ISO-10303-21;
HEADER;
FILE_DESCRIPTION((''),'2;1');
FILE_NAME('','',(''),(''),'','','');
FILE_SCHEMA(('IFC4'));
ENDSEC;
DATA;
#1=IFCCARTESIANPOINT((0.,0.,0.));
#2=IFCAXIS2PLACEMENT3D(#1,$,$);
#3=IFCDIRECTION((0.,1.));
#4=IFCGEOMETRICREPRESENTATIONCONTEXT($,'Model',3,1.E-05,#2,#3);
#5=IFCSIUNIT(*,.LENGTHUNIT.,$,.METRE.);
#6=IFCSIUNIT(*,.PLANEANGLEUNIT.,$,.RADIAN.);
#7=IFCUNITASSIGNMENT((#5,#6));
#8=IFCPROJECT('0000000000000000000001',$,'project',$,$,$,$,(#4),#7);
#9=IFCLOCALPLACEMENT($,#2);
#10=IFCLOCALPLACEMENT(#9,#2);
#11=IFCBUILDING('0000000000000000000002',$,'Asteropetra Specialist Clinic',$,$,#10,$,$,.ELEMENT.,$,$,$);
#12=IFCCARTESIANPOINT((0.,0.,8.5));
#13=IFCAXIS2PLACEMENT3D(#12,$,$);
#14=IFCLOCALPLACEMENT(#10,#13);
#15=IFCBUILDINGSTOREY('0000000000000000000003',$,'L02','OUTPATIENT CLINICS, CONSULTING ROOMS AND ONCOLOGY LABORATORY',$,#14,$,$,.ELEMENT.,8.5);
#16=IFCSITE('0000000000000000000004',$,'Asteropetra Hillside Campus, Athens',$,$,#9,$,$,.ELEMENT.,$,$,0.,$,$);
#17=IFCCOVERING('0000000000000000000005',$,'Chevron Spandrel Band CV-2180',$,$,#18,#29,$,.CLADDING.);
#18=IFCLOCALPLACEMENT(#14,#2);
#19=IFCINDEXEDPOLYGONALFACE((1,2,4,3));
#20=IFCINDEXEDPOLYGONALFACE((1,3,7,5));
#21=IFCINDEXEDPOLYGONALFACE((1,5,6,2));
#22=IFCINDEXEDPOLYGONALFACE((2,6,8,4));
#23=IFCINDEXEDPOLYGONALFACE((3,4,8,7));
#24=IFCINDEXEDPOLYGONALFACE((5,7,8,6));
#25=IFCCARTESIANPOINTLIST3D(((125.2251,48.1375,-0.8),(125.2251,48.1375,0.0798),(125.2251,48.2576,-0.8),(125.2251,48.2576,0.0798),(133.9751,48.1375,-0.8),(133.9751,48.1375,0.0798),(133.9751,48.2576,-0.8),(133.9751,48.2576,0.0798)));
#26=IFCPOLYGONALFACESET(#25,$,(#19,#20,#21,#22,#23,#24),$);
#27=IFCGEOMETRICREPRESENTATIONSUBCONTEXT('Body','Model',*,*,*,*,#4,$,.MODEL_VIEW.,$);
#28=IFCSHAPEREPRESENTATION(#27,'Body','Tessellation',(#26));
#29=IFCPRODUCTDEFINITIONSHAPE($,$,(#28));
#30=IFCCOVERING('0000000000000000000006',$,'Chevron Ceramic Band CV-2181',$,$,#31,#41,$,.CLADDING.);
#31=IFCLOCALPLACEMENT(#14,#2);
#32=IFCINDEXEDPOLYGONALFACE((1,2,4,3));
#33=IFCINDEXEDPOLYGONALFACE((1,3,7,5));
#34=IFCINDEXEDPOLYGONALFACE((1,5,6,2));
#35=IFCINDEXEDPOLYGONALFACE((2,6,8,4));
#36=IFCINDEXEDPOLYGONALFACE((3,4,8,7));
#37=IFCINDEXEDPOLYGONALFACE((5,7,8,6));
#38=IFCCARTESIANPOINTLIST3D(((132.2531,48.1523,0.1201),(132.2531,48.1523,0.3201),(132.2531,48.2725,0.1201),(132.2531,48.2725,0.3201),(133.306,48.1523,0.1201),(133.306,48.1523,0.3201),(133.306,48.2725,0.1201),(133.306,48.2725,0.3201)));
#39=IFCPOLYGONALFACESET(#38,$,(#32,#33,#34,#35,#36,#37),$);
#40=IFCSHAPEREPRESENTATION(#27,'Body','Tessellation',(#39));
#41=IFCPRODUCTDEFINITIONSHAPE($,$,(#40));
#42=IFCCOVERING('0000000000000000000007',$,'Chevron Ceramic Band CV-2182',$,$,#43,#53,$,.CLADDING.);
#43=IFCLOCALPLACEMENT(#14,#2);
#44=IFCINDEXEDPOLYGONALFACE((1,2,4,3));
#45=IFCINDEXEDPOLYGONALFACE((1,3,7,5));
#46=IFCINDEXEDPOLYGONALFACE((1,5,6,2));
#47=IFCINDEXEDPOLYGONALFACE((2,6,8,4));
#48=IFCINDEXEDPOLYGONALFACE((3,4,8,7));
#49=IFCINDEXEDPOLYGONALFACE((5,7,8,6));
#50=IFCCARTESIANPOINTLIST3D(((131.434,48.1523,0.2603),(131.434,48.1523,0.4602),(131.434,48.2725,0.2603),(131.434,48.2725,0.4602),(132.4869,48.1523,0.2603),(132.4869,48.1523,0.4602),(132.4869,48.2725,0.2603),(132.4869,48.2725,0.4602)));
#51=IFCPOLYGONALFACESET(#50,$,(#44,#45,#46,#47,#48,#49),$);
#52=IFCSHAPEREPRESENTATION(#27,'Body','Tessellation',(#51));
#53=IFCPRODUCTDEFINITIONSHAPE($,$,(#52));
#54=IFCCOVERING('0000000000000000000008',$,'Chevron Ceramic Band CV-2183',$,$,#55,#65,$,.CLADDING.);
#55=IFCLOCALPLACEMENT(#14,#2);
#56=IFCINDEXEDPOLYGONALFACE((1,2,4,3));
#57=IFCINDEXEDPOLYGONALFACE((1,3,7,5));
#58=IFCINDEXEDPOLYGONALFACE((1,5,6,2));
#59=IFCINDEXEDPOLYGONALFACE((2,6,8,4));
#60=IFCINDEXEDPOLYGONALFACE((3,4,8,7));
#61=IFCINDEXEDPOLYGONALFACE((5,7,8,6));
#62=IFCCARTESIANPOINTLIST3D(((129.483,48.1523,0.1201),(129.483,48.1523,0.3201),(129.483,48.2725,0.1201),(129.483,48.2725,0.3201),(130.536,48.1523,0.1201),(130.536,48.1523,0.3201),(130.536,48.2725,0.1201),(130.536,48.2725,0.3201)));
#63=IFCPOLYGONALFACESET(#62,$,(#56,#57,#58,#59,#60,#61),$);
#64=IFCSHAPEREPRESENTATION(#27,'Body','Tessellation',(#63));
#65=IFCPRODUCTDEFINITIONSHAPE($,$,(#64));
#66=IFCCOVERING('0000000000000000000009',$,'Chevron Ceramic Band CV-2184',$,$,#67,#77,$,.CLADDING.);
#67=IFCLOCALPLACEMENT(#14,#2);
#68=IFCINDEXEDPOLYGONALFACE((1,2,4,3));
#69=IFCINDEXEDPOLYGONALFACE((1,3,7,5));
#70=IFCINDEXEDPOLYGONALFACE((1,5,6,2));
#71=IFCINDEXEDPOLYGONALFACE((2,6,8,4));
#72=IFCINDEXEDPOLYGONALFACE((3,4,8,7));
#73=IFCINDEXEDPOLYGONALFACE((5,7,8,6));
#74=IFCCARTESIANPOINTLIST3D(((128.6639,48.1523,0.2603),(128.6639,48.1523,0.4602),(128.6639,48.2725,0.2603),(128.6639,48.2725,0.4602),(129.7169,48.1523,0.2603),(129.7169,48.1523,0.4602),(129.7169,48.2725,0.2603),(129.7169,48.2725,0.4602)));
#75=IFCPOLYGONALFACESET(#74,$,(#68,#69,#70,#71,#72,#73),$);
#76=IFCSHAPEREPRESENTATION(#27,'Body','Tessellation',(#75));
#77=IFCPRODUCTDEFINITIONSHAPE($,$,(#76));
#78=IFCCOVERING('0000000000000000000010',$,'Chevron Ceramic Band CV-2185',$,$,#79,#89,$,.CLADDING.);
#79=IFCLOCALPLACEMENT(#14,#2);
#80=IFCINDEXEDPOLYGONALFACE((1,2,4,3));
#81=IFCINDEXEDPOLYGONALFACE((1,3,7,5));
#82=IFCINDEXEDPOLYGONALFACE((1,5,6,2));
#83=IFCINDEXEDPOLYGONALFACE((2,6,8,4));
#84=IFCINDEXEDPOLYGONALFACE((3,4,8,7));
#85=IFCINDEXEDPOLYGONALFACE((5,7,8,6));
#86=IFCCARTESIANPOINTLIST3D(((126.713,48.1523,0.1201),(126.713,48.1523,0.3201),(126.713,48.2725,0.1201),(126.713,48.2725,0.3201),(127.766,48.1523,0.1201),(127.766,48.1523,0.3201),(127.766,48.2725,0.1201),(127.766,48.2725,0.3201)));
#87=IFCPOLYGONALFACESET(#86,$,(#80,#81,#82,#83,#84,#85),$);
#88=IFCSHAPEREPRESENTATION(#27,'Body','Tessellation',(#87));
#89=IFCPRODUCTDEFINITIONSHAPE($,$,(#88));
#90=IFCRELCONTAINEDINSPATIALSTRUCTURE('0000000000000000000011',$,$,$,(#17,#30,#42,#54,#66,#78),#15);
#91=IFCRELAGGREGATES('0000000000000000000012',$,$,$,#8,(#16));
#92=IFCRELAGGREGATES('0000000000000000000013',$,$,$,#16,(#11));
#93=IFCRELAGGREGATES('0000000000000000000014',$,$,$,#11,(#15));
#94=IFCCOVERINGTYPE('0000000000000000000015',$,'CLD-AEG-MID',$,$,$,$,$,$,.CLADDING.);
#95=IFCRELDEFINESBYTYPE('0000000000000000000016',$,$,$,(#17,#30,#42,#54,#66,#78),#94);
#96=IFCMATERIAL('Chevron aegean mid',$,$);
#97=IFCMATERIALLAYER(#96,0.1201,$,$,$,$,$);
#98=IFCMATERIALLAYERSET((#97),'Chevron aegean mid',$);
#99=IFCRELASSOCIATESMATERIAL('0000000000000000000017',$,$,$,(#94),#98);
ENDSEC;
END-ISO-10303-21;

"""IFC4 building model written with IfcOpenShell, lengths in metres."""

from ifc_helpers import new_model, si_unit, direction, frame, origin, origin_2d, place, context, subcontext, project, spatial, rectangle, extrude, material, layer, layer_set, type_object, element, save


model = new_model("IFC4")

# Units and contexts
model_context = context("Model", 3, precision=1e-05, world=origin(), true_north=direction((0.0, 1.0)))
body_context = subcontext(model_context, "Body", "Model", "MODEL_VIEW")
ifc_project = project(units=[si_unit("LENGTHUNIT", "METRE"), si_unit("PLANEANGLEUNIT", "RADIAN")], contexts=[model_context])

# Site, building, storey
site_placement = place(None, origin())
site = spatial("IfcSite", under=ifc_project, at=site_placement, Name="Asteropetra Hillside Campus, Athens", CompositionType="ELEMENT", RefElevation=0.0)
building_placement = place(site_placement, origin())
building = spatial("IfcBuilding", under=site, at=building_placement, Name="Asteropetra Specialist Clinic", CompositionType="ELEMENT")
storey_placement = place(building_placement, frame((0.0, 0.0, 8.5)))
storey = spatial("IfcBuildingStorey", under=building, at=storey_placement, Name="L02", Description="OUTPATIENT CLINICS, CONSULTING ROOMS AND ONCOLOGY LABORATORY", CompositionType="ELEMENT", Elevation=8.5)

# Coverings
ifc_material_1 = material(Name="Chevron aegean mid")
ifc_layer = layer(ifc_material_1, 0.1201)
ifc_layer_set = layer_set([ifc_layer], Name="Chevron aegean mid")
covering_type = type_object("IfcCoveringType", Name="CLD-AEG-MID", PredefinedType="CLADDING", material=ifc_layer_set)
covering_placement = place(storey_placement, frame((129.6001, 48.1975, -0.8), z_axis=(0.0, 0.0, 1.0), x_axis=(1.0, 0.0, 0.0)))
element("IfcCovering", 1, at=covering_placement, inside=storey, type_object=covering_type, Name="Chevron Spandrel Band CV-2180", PredefinedType="CLADDING", context=body_context, shape_type="SweptSolid", body=[
    extrude(rectangle(XDim=8.75, YDim=0.1201, at=origin_2d()), origin(), (0.0, 0.0, 1.0), 0.8799),
])
for number, where, z_axis, x_axis, name in (
    (2, (132.7795, 48.2124, 0.1201), (0.0, 0.0, 1.0), (1.0, 0.0, 0.0), "Chevron Ceramic Band CV-2181"),
    (3, (131.9604, 48.2124, 0.2603), (0.0, 0.0, 1.0), (1.0, 0.0, 0.0), "Chevron Ceramic Band CV-2182"),
    (4, (130.0095, 48.2124, 0.1201), (0.0, 0.0, 1.0), (1.0, 0.0, 0.0), "Chevron Ceramic Band CV-2183"),
    (5, (129.1904, 48.2124, 0.2603), (0.0, 0.0, 1.0), (1.0, 0.0, 0.0), "Chevron Ceramic Band CV-2184"),
    (6, (127.2395, 48.2124, 0.1201), (0.0, 0.0, 1.0), (1.0, 0.0, 0.0), "Chevron Ceramic Band CV-2185"),
):
    element("IfcCovering", number, at=place(storey_placement, frame(where, z_axis=z_axis, x_axis=x_axis)), inside=storey, type_object=covering_type, Name=name, PredefinedType="CLADDING", context=body_context, shape_type="SweptSolid", body=[
        extrude(rectangle(XDim=1.053, YDim=0.1201, at=origin_2d()), origin(), (0.0, 0.0, 1.0), 0.2),
    ])

save(model, "model.ifc")
